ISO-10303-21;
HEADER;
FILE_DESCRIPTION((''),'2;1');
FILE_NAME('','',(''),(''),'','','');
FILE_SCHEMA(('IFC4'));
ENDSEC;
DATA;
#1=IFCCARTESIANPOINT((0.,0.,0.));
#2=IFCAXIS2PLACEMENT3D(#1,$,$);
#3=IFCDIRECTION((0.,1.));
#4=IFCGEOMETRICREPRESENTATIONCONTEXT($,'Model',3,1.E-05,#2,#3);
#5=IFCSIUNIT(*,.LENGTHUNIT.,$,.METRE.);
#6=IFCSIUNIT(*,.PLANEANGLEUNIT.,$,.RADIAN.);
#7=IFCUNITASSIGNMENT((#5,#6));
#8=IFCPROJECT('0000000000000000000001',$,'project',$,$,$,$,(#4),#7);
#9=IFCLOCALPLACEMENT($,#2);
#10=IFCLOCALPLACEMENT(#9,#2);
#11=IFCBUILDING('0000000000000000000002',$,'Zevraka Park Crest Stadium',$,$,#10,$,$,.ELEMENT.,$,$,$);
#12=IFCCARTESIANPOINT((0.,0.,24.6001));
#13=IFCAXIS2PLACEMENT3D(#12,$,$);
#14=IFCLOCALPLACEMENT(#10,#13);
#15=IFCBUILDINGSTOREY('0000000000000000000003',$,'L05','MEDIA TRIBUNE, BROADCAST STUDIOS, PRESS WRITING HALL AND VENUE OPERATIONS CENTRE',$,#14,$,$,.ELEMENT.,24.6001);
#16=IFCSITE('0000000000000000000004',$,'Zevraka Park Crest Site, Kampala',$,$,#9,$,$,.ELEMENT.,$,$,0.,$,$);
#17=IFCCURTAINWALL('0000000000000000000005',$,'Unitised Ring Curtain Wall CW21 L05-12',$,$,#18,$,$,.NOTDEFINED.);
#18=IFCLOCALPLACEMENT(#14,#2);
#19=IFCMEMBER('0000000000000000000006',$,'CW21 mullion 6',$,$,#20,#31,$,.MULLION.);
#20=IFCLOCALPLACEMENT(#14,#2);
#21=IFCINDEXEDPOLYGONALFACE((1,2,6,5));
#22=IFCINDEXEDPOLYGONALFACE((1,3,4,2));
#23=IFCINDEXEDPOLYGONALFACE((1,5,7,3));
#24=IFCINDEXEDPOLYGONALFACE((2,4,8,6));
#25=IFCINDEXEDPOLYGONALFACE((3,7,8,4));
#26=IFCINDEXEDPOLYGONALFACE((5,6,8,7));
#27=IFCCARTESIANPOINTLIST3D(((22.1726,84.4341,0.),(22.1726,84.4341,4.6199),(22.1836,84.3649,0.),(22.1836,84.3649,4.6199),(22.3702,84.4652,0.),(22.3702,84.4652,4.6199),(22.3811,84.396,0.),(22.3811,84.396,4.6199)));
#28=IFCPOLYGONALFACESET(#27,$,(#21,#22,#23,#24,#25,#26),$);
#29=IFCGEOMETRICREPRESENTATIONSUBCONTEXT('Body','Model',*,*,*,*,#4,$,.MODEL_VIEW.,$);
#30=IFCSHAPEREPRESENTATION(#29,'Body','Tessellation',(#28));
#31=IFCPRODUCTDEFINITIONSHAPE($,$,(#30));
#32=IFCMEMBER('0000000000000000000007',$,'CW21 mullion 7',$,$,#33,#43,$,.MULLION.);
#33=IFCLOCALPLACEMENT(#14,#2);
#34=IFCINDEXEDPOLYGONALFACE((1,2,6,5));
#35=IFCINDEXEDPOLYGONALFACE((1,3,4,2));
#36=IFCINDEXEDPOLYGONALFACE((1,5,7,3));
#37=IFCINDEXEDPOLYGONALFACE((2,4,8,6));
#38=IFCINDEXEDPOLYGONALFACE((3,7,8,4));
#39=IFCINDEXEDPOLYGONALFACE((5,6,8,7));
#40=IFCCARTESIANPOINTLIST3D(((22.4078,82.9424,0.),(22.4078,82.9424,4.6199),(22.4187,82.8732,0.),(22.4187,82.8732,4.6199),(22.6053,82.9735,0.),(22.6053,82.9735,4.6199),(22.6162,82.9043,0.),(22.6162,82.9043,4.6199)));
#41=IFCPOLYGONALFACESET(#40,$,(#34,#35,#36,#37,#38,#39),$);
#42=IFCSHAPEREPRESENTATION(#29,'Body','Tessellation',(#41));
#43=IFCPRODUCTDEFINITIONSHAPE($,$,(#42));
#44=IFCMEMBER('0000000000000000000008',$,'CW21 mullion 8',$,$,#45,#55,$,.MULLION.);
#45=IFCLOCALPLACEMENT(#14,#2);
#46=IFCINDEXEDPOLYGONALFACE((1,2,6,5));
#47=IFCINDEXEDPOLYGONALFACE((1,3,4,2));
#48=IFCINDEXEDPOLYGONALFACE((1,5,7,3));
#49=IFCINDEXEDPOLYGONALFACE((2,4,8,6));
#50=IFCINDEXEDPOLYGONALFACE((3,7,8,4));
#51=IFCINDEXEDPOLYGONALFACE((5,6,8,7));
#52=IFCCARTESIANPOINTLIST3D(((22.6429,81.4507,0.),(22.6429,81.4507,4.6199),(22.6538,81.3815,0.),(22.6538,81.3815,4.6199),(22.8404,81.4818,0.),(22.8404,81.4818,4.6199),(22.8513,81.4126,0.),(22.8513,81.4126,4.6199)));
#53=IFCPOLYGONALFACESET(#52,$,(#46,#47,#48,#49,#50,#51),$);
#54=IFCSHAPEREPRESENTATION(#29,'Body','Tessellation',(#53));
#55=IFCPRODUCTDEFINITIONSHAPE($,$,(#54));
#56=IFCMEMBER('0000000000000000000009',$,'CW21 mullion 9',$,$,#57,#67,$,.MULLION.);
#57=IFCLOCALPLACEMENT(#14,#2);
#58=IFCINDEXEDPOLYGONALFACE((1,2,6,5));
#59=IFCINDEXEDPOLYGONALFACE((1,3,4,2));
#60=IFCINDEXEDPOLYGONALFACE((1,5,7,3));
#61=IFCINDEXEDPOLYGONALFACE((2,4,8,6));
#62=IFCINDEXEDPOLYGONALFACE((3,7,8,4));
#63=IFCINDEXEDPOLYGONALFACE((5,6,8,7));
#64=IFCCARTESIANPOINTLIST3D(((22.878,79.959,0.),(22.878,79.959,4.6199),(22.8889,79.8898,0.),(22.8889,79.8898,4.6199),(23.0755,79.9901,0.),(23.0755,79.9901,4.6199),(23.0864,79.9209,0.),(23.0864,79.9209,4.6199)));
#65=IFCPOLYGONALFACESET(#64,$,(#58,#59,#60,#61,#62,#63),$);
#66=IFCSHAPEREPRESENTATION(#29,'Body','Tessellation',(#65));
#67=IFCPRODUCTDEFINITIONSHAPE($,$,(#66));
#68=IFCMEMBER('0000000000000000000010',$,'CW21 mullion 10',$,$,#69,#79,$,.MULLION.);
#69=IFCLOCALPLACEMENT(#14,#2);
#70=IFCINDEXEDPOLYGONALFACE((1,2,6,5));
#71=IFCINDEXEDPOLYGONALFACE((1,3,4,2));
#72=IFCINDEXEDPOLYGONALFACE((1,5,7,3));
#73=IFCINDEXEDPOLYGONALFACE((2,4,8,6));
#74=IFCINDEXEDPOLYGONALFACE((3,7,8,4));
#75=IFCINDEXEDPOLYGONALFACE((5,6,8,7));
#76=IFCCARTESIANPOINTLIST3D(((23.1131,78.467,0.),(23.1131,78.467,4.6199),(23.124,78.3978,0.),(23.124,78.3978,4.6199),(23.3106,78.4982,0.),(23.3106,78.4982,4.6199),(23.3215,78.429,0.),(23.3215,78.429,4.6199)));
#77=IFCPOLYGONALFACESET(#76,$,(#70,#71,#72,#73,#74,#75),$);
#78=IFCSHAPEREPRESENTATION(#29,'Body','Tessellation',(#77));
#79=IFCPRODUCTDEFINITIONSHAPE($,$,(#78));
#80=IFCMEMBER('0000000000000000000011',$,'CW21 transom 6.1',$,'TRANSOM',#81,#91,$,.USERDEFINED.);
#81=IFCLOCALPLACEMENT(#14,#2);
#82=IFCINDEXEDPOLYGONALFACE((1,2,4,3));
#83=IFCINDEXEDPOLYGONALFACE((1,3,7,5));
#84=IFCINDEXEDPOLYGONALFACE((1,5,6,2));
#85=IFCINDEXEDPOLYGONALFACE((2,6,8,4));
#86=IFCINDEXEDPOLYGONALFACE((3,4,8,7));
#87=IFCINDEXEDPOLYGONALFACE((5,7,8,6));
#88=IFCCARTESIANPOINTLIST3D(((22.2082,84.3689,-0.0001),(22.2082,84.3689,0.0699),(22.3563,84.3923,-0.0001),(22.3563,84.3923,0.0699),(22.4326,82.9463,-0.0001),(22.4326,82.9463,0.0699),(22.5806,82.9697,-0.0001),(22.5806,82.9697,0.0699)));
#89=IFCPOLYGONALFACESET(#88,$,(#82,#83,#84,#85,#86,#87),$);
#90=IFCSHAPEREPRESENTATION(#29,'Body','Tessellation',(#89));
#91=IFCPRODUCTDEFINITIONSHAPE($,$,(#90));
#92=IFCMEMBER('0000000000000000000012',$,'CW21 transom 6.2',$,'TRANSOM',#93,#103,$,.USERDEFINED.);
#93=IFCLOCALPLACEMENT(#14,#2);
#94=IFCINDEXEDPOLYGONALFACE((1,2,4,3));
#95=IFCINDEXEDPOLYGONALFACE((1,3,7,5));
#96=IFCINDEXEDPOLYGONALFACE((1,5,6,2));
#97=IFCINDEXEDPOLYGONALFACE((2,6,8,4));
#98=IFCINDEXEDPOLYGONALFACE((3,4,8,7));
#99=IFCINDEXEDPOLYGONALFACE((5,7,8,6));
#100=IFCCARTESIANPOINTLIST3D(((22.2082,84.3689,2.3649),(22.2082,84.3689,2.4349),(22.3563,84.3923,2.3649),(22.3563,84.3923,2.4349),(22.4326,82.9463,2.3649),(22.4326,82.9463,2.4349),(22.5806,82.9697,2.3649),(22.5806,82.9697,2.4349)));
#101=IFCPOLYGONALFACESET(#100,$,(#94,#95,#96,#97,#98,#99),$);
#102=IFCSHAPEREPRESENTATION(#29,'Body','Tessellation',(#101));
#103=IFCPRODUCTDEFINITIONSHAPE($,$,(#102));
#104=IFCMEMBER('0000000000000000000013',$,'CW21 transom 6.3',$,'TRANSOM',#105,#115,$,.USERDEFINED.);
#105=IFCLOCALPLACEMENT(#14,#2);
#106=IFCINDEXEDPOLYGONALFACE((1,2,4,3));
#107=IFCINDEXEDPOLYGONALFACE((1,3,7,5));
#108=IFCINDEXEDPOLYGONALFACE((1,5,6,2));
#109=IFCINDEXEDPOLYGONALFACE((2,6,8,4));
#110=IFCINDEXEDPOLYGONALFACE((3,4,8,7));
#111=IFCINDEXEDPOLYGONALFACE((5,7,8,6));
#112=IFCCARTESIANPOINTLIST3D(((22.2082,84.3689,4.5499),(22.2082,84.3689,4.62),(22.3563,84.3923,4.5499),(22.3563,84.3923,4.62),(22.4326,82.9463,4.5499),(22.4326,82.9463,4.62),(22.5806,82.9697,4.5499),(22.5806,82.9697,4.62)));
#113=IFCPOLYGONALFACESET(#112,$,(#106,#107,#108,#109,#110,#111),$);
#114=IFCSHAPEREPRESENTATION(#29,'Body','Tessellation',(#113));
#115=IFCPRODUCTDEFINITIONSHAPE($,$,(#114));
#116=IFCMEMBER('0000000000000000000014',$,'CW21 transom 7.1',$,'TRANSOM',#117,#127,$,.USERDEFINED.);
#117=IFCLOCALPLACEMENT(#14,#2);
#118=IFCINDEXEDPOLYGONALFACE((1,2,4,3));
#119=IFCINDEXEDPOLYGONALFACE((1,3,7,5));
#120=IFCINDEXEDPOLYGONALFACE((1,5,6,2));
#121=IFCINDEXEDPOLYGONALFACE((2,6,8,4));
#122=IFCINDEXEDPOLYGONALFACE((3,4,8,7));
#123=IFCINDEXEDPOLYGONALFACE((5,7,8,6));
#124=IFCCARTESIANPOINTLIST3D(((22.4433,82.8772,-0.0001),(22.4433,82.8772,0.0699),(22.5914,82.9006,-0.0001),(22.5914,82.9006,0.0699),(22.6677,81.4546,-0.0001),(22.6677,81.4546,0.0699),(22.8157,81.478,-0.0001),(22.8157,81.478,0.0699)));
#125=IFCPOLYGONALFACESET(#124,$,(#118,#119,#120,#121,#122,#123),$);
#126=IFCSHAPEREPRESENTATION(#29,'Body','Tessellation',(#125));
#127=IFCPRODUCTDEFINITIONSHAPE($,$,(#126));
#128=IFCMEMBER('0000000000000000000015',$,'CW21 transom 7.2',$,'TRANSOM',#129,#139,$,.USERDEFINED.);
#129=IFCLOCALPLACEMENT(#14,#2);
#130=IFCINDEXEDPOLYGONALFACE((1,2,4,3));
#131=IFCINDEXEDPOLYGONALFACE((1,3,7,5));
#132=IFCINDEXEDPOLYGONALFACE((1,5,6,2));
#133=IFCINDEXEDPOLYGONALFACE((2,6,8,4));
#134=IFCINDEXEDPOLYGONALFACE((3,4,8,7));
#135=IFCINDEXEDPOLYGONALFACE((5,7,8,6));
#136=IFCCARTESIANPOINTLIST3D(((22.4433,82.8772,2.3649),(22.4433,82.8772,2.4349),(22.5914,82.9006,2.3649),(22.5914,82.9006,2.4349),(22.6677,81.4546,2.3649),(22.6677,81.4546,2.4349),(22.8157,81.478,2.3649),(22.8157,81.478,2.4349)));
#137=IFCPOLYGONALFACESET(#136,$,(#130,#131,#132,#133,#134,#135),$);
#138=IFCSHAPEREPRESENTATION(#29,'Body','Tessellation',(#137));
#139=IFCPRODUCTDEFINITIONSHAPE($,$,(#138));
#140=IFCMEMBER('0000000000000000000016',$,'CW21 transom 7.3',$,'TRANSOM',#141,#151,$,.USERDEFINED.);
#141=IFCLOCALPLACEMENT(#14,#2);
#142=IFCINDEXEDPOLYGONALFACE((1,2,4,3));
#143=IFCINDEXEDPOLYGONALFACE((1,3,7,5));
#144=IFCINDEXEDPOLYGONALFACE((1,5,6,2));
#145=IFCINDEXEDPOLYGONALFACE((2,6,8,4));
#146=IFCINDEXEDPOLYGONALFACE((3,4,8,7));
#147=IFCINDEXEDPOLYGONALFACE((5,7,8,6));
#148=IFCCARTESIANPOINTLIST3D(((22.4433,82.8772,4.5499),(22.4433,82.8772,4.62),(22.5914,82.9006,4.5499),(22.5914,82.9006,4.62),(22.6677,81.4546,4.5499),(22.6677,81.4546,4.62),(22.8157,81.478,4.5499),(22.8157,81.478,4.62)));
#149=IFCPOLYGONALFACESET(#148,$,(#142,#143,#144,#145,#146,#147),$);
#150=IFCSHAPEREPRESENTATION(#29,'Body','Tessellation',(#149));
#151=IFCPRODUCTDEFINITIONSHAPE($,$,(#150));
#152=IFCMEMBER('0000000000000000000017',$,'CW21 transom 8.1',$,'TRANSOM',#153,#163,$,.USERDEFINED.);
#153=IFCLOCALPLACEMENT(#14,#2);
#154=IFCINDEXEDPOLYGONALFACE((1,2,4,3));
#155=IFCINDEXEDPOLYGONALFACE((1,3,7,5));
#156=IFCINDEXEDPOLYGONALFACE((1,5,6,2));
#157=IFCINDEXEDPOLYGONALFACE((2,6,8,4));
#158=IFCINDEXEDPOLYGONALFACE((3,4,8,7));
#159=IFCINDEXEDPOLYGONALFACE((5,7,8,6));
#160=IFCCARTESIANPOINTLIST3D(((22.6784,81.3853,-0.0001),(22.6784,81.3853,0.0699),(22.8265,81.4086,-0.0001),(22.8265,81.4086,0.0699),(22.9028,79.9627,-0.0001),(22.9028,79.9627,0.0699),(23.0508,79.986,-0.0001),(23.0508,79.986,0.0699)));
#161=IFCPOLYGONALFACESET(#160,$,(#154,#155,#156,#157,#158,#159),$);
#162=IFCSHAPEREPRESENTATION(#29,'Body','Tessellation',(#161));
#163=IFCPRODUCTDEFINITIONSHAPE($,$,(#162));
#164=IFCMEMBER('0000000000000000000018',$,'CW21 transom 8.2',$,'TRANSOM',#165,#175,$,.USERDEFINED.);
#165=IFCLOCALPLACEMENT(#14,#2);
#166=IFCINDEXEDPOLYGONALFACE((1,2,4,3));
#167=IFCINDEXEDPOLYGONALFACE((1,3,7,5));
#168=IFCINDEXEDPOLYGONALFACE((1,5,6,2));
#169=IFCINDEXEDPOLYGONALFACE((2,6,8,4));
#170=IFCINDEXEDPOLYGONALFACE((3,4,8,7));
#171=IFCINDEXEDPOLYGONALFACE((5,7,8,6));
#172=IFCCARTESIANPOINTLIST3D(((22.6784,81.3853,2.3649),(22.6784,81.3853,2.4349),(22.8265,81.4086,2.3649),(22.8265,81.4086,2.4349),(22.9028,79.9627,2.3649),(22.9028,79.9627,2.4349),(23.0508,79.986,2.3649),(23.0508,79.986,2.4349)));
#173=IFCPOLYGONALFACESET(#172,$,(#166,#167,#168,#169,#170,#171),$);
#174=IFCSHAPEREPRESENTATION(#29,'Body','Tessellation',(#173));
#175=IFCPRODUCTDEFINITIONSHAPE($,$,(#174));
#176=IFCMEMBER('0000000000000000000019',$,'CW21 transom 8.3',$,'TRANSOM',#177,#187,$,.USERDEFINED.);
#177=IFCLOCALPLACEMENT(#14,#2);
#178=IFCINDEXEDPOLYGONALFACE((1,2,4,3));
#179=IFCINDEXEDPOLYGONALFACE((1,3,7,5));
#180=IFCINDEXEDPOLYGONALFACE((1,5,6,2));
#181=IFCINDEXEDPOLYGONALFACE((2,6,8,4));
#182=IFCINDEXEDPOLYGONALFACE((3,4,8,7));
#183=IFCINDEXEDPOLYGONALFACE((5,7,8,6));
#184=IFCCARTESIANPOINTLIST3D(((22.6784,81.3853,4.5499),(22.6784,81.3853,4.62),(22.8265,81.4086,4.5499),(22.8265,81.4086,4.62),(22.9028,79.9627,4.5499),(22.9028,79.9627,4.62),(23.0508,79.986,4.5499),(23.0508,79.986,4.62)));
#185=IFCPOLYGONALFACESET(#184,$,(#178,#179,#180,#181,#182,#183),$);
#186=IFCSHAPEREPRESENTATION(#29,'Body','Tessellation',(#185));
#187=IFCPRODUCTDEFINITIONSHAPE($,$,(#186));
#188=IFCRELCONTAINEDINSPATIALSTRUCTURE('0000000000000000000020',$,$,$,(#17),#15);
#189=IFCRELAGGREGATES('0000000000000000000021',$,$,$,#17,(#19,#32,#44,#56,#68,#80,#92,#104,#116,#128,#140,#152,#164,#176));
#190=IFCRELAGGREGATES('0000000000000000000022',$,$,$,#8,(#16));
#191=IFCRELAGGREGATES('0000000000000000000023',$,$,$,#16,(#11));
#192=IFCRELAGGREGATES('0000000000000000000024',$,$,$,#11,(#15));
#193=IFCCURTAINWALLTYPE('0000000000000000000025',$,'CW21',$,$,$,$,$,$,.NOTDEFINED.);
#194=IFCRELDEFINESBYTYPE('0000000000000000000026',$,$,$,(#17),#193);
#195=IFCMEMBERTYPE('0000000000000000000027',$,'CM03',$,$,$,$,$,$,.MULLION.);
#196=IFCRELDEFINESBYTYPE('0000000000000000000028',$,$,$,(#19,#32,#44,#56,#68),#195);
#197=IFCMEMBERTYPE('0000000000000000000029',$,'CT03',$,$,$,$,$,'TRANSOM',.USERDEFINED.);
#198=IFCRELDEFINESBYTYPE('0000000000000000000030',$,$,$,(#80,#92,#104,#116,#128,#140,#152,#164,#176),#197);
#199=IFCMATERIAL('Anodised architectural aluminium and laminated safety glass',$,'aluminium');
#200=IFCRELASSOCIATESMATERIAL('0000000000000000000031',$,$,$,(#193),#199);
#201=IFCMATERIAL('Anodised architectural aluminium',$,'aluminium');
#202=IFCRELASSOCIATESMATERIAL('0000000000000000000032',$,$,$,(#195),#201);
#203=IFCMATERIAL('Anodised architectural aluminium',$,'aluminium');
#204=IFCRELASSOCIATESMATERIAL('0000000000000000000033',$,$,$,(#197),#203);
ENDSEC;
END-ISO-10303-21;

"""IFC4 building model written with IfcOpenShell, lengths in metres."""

from ifc_helpers import new_model, si_unit, direction, frame, origin, origin_2d, place, context, subcontext, project, spatial, rectangle, extrude, material, material_profile, profile_set, type_object, element, aggregate, save


model = new_model("IFC4")

# Units and contexts
model_context = context("Model", 3, precision=1e-05, world=origin(), true_north=direction((0.0, 1.0)))
body_context = subcontext(model_context, "Body", "Model", "MODEL_VIEW")
ifc_project = project(units=[si_unit("LENGTHUNIT", "METRE"), si_unit("PLANEANGLEUNIT", "RADIAN")], contexts=[model_context])

# Site, building, storey
site_placement = place(None, origin())
site = spatial("IfcSite", under=ifc_project, at=site_placement, Name="Zevraka Park Crest Site, Kampala", CompositionType="ELEMENT", RefElevation=0.0)
building_placement = place(site_placement, origin())
building = spatial("IfcBuilding", under=site, at=building_placement, Name="Zevraka Park Crest Stadium", CompositionType="ELEMENT")
storey_placement = place(building_placement, frame((0.0, 0.0, 24.6001)))
storey = spatial("IfcBuildingStorey", under=building, at=storey_placement, Name="L05", Description="MEDIA TRIBUNE, BROADCAST STUDIOS, PRESS WRITING HALL AND VENUE OPERATIONS CENTRE", CompositionType="ELEMENT", Elevation=24.6001)

# Curtain wall, members
ifc_material_1 = material(Name="Anodised architectural aluminium and laminated safety glass", Category="aluminium")
curtain_wall_type = type_object("IfcCurtainWallType", Name="CW21", PredefinedType="NOTDEFINED", material=ifc_material_1)
curtain_wall_placement = place(storey_placement, origin())
curtain_wall = element("IfcCurtainWall", 1, at=curtain_wall_placement, inside=storey, type_object=curtain_wall_type, Name="Unitised Ring Curtain Wall CW21 L05-12", PredefinedType="NOTDEFINED")
ifc_material_2 = material(Name="Anodised architectural aluminium", Category="aluminium")
ifc_material_profile_1 = material_profile(ifc_material_2, rectangle(XDim=0.2, YDim=0.0701, at=origin_2d()), Name="ALU MULLION 200x70")
ifc_profile_set_1 = profile_set([ifc_material_profile_1], Name="Anodised architectural aluminium")
member_type_1 = type_object("IfcMemberType", Name="CM03", PredefinedType="MULLION", material=ifc_profile_set_1)
member_1_placement = place(storey_placement, frame((22.2769, 84.415, 0.0), z_axis=(0.0, 0.0, 1.0), x_axis=(0.987803, 0.155711, 0.0)))
member_1 = element("IfcMember", 2, at=member_1_placement, type_object=member_type_1, Name="CW21 mullion 6", PredefinedType="MULLION", context=body_context, shape_type="SweptSolid", body=[
    extrude(rectangle(XDim=0.2, YDim=0.0701, at=origin_2d()), origin(), (0.0, 0.0, 1.0), 4.6199),
])
member_2_placement = place(storey_placement, frame((22.512, 82.9233, 0.0), z_axis=(0.0, 0.0, 1.0), x_axis=(0.987803, 0.155711, 0.0)))
member_2 = element("IfcMember", 3, at=member_2_placement, type_object=member_type_1, Name="CW21 mullion 7", PredefinedType="MULLION", context=body_context, shape_type="SweptSolid", body=[
    extrude(rectangle(XDim=0.2, YDim=0.0701, at=origin_2d()), origin(), (0.0, 0.0, 1.0), 4.6199),
])
member_3_placement = place(storey_placement, frame((22.7471, 81.4316, 0.0), z_axis=(0.0, 0.0, 1.0), x_axis=(0.987803, 0.155711, 0.0)))
member_3 = element("IfcMember", 4, at=member_3_placement, type_object=member_type_1, Name="CW21 mullion 8", PredefinedType="MULLION", context=body_context, shape_type="SweptSolid", body=[
    extrude(rectangle(XDim=0.2, YDim=0.0701, at=origin_2d()), origin(), (0.0, 0.0, 1.0), 4.6199),
])
member_4_placement = place(storey_placement, frame((22.9822, 79.9399, 0.0), z_axis=(0.0, 0.0, 1.0), x_axis=(0.987803, 0.155711, 0.0)))
member_4 = element("IfcMember", 5, at=member_4_placement, type_object=member_type_1, Name="CW21 mullion 9", PredefinedType="MULLION", context=body_context, shape_type="SweptSolid", body=[
    extrude(rectangle(XDim=0.2, YDim=0.0701, at=origin_2d()), origin(), (0.0, 0.0, 1.0), 4.6199),
])
member_5_placement = place(storey_placement, frame((23.2173, 78.448, 0.0), z_axis=(0.0, 0.0, 1.0), x_axis=(0.987803, 0.155711, 0.0)))
member_5 = element("IfcMember", 6, at=member_5_placement, type_object=member_type_1, Name="CW21 mullion 10", PredefinedType="MULLION", context=body_context, shape_type="SweptSolid", body=[
    extrude(rectangle(XDim=0.2, YDim=0.0701, at=origin_2d()), origin(), (0.0, 0.0, 1.0), 4.6199),
])
ifc_material_3 = material(Name="Anodised architectural aluminium", Category="aluminium")
ifc_material_profile_2 = material_profile(ifc_material_3, rectangle(XDim=0.1499, YDim=0.0701, at=origin_2d()), Name="ALU TRANSOM 150x70")
ifc_profile_set_2 = profile_set([ifc_material_profile_2], Name="Anodised architectural aluminium")
member_type_2 = type_object("IfcMemberType", Name="CT03", ElementType="TRANSOM", PredefinedType="USERDEFINED", material=ifc_profile_set_2)
member_6_placement = place(storey_placement, frame((22.2822, 84.3806, 0.0349), z_axis=(0.155788, -0.98779, 0.0), x_axis=(0.98779, 0.155788, 0.0)))
member_6 = element("IfcMember", 7, at=member_6_placement, type_object=member_type_2, Name="CW21 transom 6.1", ObjectType="TRANSOM", PredefinedType="USERDEFINED", context=body_context, shape_type="SweptSolid", body=[
    extrude(rectangle(XDim=0.1499, YDim=0.0701, at=origin_2d()), origin(), (0.0, 0.0, 1.0), 1.4402),
])
member_7_placement = place(storey_placement, frame((22.2822, 84.3806, 2.3999), z_axis=(0.155788, -0.98779, 0.0), x_axis=(0.98779, 0.155788, 0.0)))
member_7 = element("IfcMember", 8, at=member_7_placement, type_object=member_type_2, Name="CW21 transom 6.2", ObjectType="TRANSOM", PredefinedType="USERDEFINED", context=body_context, shape_type="SweptSolid", body=[
    extrude(rectangle(XDim=0.1499, YDim=0.0701, at=origin_2d()), origin(), (0.0, 0.0, 1.0), 1.4402),
])
member_8_placement = place(storey_placement, frame((22.2822, 84.3806, 4.585), z_axis=(0.155788, -0.98779, 0.0), x_axis=(0.98779, 0.155788, 0.0)))
member_8 = element("IfcMember", 9, at=member_8_placement, type_object=member_type_2, Name="CW21 transom 6.3", ObjectType="TRANSOM", PredefinedType="USERDEFINED", context=body_context, shape_type="SweptSolid", body=[
    extrude(rectangle(XDim=0.1499, YDim=0.0701, at=origin_2d()), origin(), (0.0, 0.0, 1.0), 1.4402),
])
member_9_placement = place(storey_placement, frame((22.5173, 82.8889, 0.0349), z_axis=(0.155788, -0.98779, 0.0), x_axis=(0.98779, 0.155788, 0.0)))
member_9 = element("IfcMember", 10, at=member_9_placement, type_object=member_type_2, Name="CW21 transom 7.1", ObjectType="TRANSOM", PredefinedType="USERDEFINED", context=body_context, shape_type="SweptSolid", body=[
    extrude(rectangle(XDim=0.1499, YDim=0.0701, at=origin_2d()), origin(), (0.0, 0.0, 1.0), 1.4402),
])
member_10_placement = place(storey_placement, frame((22.5173, 82.8889, 2.3999), z_axis=(0.155788, -0.98779, 0.0), x_axis=(0.98779, 0.155788, 0.0)))
member_10 = element("IfcMember", 11, at=member_10_placement, type_object=member_type_2, Name="CW21 transom 7.2", ObjectType="TRANSOM", PredefinedType="USERDEFINED", context=body_context, shape_type="SweptSolid", body=[
    extrude(rectangle(XDim=0.1499, YDim=0.0701, at=origin_2d()), origin(), (0.0, 0.0, 1.0), 1.4402),
])
member_11_placement = place(storey_placement, frame((22.5173, 82.8889, 4.585), z_axis=(0.155788, -0.98779, 0.0), x_axis=(0.98779, 0.155788, 0.0)))
member_11 = element("IfcMember", 12, at=member_11_placement, type_object=member_type_2, Name="CW21 transom 7.3", ObjectType="TRANSOM", PredefinedType="USERDEFINED", context=body_context, shape_type="SweptSolid", body=[
    extrude(rectangle(XDim=0.1499, YDim=0.0701, at=origin_2d()), origin(), (0.0, 0.0, 1.0), 1.4402),
])
member_12_placement = place(storey_placement, frame((22.7524, 81.397, 0.0349), z_axis=(0.155788, -0.98779, 0.0), x_axis=(0.98779, 0.155788, 0.0)))
member_12 = element("IfcMember", 13, at=member_12_placement, type_object=member_type_2, Name="CW21 transom 8.1", ObjectType="TRANSOM", PredefinedType="USERDEFINED", context=body_context, shape_type="SweptSolid", body=[
    extrude(rectangle(XDim=0.1499, YDim=0.0701, at=origin_2d()), origin(), (0.0, 0.0, 1.0), 1.4402),
])
member_13_placement = place(storey_placement, frame((22.7524, 81.397, 2.3999), z_axis=(0.155788, -0.98779, 0.0), x_axis=(0.98779, 0.155788, 0.0)))
member_13 = element("IfcMember", 14, at=member_13_placement, type_object=member_type_2, Name="CW21 transom 8.2", ObjectType="TRANSOM", PredefinedType="USERDEFINED", context=body_context, shape_type="SweptSolid", body=[
    extrude(rectangle(XDim=0.1499, YDim=0.0701, at=origin_2d()), origin(), (0.0, 0.0, 1.0), 1.4402),
])
member_14_placement = place(storey_placement, frame((22.7524, 81.397, 4.585), z_axis=(0.155788, -0.98779, 0.0), x_axis=(0.98779, 0.155788, 0.0)))
member_14 = element("IfcMember", 15, at=member_14_placement, type_object=member_type_2, Name="CW21 transom 8.3", ObjectType="TRANSOM", PredefinedType="USERDEFINED", context=body_context, shape_type="SweptSolid", body=[
    extrude(rectangle(XDim=0.1499, YDim=0.0701, at=origin_2d()), origin(), (0.0, 0.0, 1.0), 1.4402),
])
aggregate(curtain_wall, [member_1, member_2, member_3, member_4, member_5, member_6, member_7, member_8, member_9, member_10, member_11, member_12, member_13, member_14])

save(model, "model.ifc")
